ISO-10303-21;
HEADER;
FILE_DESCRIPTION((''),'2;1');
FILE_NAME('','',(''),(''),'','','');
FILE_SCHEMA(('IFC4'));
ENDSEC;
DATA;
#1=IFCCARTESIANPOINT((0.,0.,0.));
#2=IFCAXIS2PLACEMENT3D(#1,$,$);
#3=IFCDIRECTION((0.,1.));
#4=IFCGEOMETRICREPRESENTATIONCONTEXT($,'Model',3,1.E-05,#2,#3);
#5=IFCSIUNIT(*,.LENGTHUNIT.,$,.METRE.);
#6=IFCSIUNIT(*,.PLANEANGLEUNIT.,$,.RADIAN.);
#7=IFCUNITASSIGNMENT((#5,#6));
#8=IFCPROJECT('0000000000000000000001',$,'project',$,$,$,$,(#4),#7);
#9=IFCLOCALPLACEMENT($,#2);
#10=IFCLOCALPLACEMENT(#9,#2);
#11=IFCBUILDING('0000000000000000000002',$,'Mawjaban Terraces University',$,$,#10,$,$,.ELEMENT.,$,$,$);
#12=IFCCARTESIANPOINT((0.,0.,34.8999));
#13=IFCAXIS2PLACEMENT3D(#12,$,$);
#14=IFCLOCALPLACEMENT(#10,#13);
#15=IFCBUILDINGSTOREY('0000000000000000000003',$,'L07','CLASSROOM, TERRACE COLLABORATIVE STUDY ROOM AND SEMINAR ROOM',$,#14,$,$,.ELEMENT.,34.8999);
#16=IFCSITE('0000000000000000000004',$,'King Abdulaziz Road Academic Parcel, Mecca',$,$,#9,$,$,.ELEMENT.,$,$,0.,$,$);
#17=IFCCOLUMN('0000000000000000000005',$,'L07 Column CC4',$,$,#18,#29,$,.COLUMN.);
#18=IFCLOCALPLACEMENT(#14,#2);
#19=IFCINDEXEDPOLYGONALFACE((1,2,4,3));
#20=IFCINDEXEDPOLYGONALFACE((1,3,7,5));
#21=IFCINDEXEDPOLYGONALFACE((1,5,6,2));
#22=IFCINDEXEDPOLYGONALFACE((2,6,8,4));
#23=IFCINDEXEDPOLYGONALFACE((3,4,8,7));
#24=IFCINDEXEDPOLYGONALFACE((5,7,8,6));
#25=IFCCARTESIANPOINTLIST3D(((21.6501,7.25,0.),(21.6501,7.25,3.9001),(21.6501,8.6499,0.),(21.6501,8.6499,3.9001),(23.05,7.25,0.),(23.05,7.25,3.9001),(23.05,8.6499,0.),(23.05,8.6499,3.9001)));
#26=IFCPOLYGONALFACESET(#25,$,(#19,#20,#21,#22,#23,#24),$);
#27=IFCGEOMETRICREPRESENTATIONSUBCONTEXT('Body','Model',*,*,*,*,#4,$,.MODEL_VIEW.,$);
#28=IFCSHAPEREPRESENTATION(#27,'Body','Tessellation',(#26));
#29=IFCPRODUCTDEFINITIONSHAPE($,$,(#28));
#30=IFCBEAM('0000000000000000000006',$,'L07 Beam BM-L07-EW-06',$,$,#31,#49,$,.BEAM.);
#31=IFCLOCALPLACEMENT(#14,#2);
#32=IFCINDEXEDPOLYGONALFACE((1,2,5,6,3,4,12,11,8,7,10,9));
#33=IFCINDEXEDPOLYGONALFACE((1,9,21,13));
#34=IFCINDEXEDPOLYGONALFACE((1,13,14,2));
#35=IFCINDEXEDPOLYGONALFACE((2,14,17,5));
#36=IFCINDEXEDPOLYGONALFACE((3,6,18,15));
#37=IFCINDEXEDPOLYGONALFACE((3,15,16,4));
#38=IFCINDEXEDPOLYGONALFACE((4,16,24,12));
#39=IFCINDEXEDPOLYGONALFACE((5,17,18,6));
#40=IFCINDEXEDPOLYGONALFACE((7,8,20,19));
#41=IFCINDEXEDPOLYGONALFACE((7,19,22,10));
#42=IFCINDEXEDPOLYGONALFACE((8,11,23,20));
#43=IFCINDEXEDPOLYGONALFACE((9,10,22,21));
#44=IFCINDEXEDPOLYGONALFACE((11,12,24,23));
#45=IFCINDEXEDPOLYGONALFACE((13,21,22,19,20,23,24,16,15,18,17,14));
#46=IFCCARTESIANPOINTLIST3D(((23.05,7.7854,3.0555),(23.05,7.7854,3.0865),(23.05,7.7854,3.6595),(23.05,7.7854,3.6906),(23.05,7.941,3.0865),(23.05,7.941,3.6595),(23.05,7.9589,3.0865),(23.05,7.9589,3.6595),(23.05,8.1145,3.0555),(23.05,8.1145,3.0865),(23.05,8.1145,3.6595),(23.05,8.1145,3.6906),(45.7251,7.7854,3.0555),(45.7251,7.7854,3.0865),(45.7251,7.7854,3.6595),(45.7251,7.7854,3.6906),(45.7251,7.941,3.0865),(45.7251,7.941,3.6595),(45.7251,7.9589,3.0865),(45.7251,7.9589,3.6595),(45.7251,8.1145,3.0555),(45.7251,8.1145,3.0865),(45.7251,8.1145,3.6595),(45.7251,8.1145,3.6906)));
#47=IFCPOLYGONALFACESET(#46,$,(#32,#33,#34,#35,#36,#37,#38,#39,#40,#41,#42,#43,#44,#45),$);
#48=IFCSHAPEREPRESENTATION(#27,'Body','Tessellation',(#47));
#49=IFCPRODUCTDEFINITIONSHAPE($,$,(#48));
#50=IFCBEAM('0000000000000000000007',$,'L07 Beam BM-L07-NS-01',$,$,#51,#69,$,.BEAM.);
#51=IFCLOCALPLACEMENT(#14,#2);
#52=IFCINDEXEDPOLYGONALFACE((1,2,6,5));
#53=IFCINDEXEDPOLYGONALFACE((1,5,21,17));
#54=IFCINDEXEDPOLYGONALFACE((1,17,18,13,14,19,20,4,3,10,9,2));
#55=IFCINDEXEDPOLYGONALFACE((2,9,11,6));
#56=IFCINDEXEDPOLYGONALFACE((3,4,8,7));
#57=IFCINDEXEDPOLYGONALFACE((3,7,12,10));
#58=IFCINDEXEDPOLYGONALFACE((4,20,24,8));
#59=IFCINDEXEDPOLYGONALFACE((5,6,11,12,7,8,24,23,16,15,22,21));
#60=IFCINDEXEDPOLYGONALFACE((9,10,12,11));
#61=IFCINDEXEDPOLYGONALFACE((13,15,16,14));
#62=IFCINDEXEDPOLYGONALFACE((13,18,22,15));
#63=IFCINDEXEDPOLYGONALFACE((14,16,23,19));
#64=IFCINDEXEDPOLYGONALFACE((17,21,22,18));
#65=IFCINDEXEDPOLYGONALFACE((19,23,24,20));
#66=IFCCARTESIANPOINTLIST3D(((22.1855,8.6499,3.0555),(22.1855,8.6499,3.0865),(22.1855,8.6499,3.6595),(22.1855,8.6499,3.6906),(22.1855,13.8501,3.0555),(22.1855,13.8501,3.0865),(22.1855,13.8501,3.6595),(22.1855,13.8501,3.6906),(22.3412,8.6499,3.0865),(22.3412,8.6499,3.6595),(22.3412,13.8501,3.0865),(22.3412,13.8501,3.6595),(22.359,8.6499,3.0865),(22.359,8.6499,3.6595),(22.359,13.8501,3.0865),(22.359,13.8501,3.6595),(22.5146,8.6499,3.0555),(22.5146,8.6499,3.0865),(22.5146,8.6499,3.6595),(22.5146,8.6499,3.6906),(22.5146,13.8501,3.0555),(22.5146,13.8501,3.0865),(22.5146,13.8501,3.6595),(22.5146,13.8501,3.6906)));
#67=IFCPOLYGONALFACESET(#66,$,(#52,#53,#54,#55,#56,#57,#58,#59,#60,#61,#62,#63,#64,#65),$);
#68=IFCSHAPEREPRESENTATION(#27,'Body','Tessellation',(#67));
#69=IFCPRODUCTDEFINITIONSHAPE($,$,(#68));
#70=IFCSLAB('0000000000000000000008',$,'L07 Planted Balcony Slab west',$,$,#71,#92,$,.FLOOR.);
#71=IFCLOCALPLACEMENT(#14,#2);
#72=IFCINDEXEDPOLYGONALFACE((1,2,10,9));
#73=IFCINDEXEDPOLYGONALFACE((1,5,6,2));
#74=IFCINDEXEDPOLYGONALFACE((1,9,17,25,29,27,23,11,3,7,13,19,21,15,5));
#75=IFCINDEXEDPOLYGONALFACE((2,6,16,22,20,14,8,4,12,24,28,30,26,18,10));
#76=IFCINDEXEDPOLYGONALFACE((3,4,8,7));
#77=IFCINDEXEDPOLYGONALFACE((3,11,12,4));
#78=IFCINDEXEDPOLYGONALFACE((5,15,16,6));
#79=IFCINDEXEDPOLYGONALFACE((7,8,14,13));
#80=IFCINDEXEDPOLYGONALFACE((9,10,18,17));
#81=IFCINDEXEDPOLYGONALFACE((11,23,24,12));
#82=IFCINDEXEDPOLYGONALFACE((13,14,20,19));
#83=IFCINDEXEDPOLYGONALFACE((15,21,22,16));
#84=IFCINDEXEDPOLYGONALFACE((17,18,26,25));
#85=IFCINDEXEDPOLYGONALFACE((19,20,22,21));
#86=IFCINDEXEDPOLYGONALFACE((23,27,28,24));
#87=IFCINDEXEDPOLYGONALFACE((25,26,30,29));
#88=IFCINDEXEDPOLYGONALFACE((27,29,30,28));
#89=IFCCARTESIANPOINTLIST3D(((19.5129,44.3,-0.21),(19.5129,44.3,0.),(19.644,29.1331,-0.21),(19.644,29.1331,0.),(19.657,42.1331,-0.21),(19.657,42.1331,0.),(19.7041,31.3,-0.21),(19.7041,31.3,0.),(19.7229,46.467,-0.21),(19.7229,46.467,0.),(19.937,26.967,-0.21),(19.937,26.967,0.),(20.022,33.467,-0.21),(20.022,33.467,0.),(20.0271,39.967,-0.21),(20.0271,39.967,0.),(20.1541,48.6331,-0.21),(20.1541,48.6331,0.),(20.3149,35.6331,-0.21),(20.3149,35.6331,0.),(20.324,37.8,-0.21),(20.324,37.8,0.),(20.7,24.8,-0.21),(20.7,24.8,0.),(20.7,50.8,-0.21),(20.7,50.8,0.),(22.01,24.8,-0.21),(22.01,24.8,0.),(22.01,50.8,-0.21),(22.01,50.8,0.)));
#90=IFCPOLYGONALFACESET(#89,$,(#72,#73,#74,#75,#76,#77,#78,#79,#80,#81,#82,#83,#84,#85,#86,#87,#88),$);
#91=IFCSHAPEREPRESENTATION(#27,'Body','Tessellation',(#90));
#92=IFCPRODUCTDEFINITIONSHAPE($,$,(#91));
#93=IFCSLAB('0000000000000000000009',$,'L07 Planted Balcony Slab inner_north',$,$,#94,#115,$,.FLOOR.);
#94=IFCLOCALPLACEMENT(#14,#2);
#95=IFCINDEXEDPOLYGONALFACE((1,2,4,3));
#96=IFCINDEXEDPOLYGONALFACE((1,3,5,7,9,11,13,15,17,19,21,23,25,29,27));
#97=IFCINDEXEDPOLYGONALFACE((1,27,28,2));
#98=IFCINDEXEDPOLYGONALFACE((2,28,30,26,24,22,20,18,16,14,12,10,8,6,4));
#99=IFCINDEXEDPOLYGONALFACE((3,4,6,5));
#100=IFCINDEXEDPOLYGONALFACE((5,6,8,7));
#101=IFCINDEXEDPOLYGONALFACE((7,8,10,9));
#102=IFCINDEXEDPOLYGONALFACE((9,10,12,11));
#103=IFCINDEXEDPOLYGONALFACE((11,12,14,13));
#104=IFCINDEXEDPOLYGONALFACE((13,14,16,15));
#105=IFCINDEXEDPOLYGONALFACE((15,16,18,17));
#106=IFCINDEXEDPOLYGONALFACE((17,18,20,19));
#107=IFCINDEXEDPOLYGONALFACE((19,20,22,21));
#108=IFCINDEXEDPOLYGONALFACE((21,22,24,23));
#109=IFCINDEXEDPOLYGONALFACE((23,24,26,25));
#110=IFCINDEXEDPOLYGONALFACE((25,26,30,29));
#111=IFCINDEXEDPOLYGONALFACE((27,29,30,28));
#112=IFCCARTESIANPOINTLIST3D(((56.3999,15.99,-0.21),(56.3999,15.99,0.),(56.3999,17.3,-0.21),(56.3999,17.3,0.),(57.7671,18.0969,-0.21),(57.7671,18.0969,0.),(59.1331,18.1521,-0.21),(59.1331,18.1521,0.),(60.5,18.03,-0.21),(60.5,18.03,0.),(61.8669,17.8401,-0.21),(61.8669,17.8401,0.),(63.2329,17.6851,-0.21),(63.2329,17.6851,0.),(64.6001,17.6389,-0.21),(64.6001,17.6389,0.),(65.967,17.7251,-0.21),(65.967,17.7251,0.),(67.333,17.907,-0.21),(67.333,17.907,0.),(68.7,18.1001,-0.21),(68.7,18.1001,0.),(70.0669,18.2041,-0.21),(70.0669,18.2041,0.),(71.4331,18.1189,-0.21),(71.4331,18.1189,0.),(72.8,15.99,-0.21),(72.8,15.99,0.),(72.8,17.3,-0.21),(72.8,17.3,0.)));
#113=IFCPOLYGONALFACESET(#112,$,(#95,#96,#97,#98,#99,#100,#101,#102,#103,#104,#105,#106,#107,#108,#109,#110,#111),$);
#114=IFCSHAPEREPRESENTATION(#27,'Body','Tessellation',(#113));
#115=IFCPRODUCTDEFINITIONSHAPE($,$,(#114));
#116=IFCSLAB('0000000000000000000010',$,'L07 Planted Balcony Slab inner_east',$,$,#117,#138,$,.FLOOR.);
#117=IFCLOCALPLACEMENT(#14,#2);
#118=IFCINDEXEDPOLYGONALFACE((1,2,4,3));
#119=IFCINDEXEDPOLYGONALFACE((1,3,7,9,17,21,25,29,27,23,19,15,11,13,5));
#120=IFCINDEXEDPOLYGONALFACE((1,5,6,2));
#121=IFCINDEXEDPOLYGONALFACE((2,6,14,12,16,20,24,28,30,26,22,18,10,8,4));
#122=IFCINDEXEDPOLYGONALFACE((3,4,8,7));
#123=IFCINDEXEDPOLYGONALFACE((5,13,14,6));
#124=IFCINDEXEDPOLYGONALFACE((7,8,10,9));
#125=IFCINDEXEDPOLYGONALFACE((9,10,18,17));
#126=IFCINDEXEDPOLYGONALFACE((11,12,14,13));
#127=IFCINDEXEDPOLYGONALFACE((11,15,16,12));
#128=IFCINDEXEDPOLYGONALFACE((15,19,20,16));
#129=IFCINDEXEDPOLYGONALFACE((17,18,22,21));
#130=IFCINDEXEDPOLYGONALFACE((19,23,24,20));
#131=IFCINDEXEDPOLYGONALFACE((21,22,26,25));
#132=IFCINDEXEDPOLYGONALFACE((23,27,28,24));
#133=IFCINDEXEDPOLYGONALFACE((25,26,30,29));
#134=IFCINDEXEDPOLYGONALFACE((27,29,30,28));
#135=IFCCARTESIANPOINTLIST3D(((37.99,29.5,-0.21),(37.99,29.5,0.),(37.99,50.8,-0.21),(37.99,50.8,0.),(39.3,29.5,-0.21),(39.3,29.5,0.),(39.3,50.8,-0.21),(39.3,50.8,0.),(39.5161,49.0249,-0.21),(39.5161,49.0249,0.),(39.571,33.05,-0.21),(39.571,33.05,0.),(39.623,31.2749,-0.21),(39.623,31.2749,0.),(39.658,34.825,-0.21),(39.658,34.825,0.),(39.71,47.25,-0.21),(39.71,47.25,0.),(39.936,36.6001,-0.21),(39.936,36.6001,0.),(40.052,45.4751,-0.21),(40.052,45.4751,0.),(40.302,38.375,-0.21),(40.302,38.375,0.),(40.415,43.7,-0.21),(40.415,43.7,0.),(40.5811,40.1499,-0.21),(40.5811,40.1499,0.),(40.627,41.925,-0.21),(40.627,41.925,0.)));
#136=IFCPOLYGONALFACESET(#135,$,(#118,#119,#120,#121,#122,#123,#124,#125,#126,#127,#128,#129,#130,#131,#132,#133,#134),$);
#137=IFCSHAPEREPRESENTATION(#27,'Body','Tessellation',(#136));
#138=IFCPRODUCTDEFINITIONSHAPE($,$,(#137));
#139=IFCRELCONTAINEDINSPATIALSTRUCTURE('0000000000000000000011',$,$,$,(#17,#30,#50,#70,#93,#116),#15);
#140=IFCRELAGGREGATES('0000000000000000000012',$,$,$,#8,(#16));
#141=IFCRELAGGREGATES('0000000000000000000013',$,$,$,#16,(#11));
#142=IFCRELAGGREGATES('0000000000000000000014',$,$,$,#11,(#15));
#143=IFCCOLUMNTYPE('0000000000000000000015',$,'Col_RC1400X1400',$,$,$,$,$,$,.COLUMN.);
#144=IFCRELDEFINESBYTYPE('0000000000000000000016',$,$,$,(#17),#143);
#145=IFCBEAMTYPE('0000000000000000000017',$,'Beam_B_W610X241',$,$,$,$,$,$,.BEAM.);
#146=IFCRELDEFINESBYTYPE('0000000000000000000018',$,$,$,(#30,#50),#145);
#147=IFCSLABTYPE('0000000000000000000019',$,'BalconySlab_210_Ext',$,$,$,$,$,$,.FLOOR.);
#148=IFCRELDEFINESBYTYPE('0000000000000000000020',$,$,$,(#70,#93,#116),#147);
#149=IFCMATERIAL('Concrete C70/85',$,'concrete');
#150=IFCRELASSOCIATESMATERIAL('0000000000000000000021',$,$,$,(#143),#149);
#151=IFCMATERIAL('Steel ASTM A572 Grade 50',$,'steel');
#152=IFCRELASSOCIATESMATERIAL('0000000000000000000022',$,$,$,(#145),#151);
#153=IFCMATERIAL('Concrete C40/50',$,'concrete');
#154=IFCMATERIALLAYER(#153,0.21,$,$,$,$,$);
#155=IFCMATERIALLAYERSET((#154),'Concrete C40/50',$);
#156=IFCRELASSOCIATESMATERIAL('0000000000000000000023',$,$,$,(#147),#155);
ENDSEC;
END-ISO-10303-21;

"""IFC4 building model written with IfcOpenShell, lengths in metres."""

from ifc_helpers import new_model, si_unit, direction, frame, origin, origin_2d, place, context, subcontext, project, spatial, polyline, rectangle, i_section, outline, extrude, material, layer, layer_set, material_profile, profile_set, type_object, element, save


model = new_model("IFC4")

# Units and contexts
model_context = context("Model", 3, precision=1e-05, world=origin(), true_north=direction((0.0, 1.0)))
body_context = subcontext(model_context, "Body", "Model", "MODEL_VIEW")
ifc_project = project(units=[si_unit("LENGTHUNIT", "METRE"), si_unit("PLANEANGLEUNIT", "RADIAN")], contexts=[model_context])

# Site, building, storey
site_placement = place(None, origin())
site = spatial("IfcSite", under=ifc_project, at=site_placement, Name="King Abdulaziz Road Academic Parcel, Mecca", CompositionType="ELEMENT", RefElevation=0.0)
building_placement = place(site_placement, origin())
building = spatial("IfcBuilding", under=site, at=building_placement, Name="Mawjaban Terraces University", CompositionType="ELEMENT")
storey_placement = place(building_placement, frame((0.0, 0.0, 34.8999)))
storey = spatial("IfcBuildingStorey", under=building, at=storey_placement, Name="L07", Description="CLASSROOM, TERRACE COLLABORATIVE STUDY ROOM AND SEMINAR ROOM", CompositionType="ELEMENT", Elevation=34.8999)

# Column
ifc_material_1 = material(Name="Concrete C70/85", Category="concrete")
ifc_material_profile_1 = material_profile(ifc_material_1, rectangle(XDim=1.3999, YDim=1.3999, at=origin_2d()), Name="RC1400X1400")
ifc_profile_set_1 = profile_set([ifc_material_profile_1], Name="Concrete C70/85")
column_type = type_object("IfcColumnType", Name="Col_RC1400X1400", PredefinedType="COLUMN", material=ifc_profile_set_1)
column_placement = place(storey_placement, frame((22.3501, 7.95, 0.0), z_axis=(0.0, 0.0, 1.0), x_axis=(1.0, 0.0, 0.0)))
element("IfcColumn", 1, at=column_placement, inside=storey, type_object=column_type, Name="L07 Column CC4", PredefinedType="COLUMN", context=body_context, shape_type="SweptSolid", body=[
    extrude(rectangle(XDim=1.3999, YDim=1.3999, at=origin_2d()), origin(), (0.0, 0.0, 1.0), 3.9001),
])

# Beams
ifc_material_2 = material(Name="Steel ASTM A572 Grade 50", Category="steel")
ifc_material_profile_2 = material_profile(ifc_material_2, i_section(OverallWidth=0.3291, OverallDepth=0.635, WebThickness=0.0178, FlangeThickness=0.031, at=origin_2d()), Name="W610X241")
ifc_profile_set_2 = profile_set([ifc_material_profile_2], Name="Steel ASTM A572 Grade 50")
beam_type = type_object("IfcBeamType", Name="Beam_B_W610X241", PredefinedType="BEAM", material=ifc_profile_set_2)
beam_1_placement = place(storey_placement, frame((23.05, 7.95, 3.373), z_axis=(1.0, 0.0, 0.0), x_axis=(0.0, 1.0, 0.0)))
element("IfcBeam", 2, at=beam_1_placement, inside=storey, type_object=beam_type, Name="L07 Beam BM-L07-EW-06", PredefinedType="BEAM", context=body_context, shape_type="SweptSolid", body=[
    extrude(i_section(OverallWidth=0.3291, OverallDepth=0.635, WebThickness=0.0178, FlangeThickness=0.031, at=origin_2d()), origin(), (0.0, 0.0, 1.0), 22.675),
])
beam_2_placement = place(storey_placement, frame((22.3501, 8.6499, 3.373), z_axis=(0.0, 1.0, 0.0), x_axis=(-1.0, 0.0, 0.0)))
element("IfcBeam", 3, at=beam_2_placement, inside=storey, type_object=beam_type, Name="L07 Beam BM-L07-NS-01", PredefinedType="BEAM", context=body_context, shape_type="SweptSolid", body=[
    extrude(i_section(OverallWidth=0.3291, OverallDepth=0.635, WebThickness=0.0178, FlangeThickness=0.031, at=origin_2d()), origin(), (0.0, 0.0, 1.0), 5.2002),
])

# Slabs
ifc_material_3 = material(Name="Concrete C40/50", Category="concrete")
ifc_layer_1 = layer(ifc_material_3, 0.21)
ifc_layer_set_1 = layer_set([ifc_layer_1], Name="Concrete C40/50")
slab_type_1 = type_object("IfcSlabType", Name="BalconySlab_210_Ext", PredefinedType="FLOOR", material=ifc_layer_set_1)
slab_1_placement = place(storey_placement, frame((0.0, 0.0, -0.21)))
element("IfcSlab", 4, at=slab_1_placement, inside=storey, type_object=slab_type_1, Name="L07 Planted Balcony Slab west", PredefinedType="FLOOR", context=body_context, shape_type="SweptSolid", body=[
    extrude(outline(polyline([(22.01, 24.8), (22.01, 50.8), (20.7, 50.8), (20.1541, 48.6331), (19.7229, 46.467), (19.5129, 44.3), (19.657, 42.1331), (20.0271, 39.967), (20.324, 37.8), (20.3149, 35.6331), (20.022, 33.467), (19.7041, 31.3), (19.644, 29.1331), (19.937, 26.967), (20.7, 24.8), (22.01, 24.8)])), origin(), (0.0, 0.0, 1.0), 0.21),
])
slab_2_placement = place(storey_placement, frame((0.0, 0.0, -0.21)))
element("IfcSlab", 5, at=slab_2_placement, inside=storey, type_object=slab_type_1, Name="L07 Planted Balcony Slab inner_north", PredefinedType="FLOOR", context=body_context, shape_type="SweptSolid", body=[
    extrude(outline(polyline([(56.3999, 15.99), (72.8, 15.99), (72.8, 17.3), (71.4331, 18.1189), (70.0669, 18.2041), (68.7, 18.1001), (67.333, 17.907), (65.967, 17.7251), (64.6001, 17.6389), (63.2329, 17.6851), (61.8669, 17.8401), (60.5, 18.03), (59.1331, 18.1521), (57.7671, 18.0969), (56.3999, 17.3), (56.3999, 15.99)])), origin(), (0.0, 0.0, 1.0), 0.21),
])
slab_3_placement = place(storey_placement, frame((0.0, 0.0, -0.21)))
element("IfcSlab", 6, at=slab_3_placement, inside=storey, type_object=slab_type_1, Name="L07 Planted Balcony Slab inner_east", PredefinedType="FLOOR", context=body_context, shape_type="SweptSolid", body=[
    extrude(outline(polyline([(39.3, 29.5), (39.623, 31.2749), (39.571, 33.05), (39.658, 34.825), (39.936, 36.6001), (40.302, 38.375), (40.5811, 40.1499), (40.627, 41.925), (40.415, 43.7), (40.052, 45.4751), (39.71, 47.25), (39.5161, 49.0249), (39.3, 50.8), (37.99, 50.8), (37.99, 29.5), (39.3, 29.5)])), origin(), (0.0, 0.0, 1.0), 0.21),
])

save(model, "model.ifc")
